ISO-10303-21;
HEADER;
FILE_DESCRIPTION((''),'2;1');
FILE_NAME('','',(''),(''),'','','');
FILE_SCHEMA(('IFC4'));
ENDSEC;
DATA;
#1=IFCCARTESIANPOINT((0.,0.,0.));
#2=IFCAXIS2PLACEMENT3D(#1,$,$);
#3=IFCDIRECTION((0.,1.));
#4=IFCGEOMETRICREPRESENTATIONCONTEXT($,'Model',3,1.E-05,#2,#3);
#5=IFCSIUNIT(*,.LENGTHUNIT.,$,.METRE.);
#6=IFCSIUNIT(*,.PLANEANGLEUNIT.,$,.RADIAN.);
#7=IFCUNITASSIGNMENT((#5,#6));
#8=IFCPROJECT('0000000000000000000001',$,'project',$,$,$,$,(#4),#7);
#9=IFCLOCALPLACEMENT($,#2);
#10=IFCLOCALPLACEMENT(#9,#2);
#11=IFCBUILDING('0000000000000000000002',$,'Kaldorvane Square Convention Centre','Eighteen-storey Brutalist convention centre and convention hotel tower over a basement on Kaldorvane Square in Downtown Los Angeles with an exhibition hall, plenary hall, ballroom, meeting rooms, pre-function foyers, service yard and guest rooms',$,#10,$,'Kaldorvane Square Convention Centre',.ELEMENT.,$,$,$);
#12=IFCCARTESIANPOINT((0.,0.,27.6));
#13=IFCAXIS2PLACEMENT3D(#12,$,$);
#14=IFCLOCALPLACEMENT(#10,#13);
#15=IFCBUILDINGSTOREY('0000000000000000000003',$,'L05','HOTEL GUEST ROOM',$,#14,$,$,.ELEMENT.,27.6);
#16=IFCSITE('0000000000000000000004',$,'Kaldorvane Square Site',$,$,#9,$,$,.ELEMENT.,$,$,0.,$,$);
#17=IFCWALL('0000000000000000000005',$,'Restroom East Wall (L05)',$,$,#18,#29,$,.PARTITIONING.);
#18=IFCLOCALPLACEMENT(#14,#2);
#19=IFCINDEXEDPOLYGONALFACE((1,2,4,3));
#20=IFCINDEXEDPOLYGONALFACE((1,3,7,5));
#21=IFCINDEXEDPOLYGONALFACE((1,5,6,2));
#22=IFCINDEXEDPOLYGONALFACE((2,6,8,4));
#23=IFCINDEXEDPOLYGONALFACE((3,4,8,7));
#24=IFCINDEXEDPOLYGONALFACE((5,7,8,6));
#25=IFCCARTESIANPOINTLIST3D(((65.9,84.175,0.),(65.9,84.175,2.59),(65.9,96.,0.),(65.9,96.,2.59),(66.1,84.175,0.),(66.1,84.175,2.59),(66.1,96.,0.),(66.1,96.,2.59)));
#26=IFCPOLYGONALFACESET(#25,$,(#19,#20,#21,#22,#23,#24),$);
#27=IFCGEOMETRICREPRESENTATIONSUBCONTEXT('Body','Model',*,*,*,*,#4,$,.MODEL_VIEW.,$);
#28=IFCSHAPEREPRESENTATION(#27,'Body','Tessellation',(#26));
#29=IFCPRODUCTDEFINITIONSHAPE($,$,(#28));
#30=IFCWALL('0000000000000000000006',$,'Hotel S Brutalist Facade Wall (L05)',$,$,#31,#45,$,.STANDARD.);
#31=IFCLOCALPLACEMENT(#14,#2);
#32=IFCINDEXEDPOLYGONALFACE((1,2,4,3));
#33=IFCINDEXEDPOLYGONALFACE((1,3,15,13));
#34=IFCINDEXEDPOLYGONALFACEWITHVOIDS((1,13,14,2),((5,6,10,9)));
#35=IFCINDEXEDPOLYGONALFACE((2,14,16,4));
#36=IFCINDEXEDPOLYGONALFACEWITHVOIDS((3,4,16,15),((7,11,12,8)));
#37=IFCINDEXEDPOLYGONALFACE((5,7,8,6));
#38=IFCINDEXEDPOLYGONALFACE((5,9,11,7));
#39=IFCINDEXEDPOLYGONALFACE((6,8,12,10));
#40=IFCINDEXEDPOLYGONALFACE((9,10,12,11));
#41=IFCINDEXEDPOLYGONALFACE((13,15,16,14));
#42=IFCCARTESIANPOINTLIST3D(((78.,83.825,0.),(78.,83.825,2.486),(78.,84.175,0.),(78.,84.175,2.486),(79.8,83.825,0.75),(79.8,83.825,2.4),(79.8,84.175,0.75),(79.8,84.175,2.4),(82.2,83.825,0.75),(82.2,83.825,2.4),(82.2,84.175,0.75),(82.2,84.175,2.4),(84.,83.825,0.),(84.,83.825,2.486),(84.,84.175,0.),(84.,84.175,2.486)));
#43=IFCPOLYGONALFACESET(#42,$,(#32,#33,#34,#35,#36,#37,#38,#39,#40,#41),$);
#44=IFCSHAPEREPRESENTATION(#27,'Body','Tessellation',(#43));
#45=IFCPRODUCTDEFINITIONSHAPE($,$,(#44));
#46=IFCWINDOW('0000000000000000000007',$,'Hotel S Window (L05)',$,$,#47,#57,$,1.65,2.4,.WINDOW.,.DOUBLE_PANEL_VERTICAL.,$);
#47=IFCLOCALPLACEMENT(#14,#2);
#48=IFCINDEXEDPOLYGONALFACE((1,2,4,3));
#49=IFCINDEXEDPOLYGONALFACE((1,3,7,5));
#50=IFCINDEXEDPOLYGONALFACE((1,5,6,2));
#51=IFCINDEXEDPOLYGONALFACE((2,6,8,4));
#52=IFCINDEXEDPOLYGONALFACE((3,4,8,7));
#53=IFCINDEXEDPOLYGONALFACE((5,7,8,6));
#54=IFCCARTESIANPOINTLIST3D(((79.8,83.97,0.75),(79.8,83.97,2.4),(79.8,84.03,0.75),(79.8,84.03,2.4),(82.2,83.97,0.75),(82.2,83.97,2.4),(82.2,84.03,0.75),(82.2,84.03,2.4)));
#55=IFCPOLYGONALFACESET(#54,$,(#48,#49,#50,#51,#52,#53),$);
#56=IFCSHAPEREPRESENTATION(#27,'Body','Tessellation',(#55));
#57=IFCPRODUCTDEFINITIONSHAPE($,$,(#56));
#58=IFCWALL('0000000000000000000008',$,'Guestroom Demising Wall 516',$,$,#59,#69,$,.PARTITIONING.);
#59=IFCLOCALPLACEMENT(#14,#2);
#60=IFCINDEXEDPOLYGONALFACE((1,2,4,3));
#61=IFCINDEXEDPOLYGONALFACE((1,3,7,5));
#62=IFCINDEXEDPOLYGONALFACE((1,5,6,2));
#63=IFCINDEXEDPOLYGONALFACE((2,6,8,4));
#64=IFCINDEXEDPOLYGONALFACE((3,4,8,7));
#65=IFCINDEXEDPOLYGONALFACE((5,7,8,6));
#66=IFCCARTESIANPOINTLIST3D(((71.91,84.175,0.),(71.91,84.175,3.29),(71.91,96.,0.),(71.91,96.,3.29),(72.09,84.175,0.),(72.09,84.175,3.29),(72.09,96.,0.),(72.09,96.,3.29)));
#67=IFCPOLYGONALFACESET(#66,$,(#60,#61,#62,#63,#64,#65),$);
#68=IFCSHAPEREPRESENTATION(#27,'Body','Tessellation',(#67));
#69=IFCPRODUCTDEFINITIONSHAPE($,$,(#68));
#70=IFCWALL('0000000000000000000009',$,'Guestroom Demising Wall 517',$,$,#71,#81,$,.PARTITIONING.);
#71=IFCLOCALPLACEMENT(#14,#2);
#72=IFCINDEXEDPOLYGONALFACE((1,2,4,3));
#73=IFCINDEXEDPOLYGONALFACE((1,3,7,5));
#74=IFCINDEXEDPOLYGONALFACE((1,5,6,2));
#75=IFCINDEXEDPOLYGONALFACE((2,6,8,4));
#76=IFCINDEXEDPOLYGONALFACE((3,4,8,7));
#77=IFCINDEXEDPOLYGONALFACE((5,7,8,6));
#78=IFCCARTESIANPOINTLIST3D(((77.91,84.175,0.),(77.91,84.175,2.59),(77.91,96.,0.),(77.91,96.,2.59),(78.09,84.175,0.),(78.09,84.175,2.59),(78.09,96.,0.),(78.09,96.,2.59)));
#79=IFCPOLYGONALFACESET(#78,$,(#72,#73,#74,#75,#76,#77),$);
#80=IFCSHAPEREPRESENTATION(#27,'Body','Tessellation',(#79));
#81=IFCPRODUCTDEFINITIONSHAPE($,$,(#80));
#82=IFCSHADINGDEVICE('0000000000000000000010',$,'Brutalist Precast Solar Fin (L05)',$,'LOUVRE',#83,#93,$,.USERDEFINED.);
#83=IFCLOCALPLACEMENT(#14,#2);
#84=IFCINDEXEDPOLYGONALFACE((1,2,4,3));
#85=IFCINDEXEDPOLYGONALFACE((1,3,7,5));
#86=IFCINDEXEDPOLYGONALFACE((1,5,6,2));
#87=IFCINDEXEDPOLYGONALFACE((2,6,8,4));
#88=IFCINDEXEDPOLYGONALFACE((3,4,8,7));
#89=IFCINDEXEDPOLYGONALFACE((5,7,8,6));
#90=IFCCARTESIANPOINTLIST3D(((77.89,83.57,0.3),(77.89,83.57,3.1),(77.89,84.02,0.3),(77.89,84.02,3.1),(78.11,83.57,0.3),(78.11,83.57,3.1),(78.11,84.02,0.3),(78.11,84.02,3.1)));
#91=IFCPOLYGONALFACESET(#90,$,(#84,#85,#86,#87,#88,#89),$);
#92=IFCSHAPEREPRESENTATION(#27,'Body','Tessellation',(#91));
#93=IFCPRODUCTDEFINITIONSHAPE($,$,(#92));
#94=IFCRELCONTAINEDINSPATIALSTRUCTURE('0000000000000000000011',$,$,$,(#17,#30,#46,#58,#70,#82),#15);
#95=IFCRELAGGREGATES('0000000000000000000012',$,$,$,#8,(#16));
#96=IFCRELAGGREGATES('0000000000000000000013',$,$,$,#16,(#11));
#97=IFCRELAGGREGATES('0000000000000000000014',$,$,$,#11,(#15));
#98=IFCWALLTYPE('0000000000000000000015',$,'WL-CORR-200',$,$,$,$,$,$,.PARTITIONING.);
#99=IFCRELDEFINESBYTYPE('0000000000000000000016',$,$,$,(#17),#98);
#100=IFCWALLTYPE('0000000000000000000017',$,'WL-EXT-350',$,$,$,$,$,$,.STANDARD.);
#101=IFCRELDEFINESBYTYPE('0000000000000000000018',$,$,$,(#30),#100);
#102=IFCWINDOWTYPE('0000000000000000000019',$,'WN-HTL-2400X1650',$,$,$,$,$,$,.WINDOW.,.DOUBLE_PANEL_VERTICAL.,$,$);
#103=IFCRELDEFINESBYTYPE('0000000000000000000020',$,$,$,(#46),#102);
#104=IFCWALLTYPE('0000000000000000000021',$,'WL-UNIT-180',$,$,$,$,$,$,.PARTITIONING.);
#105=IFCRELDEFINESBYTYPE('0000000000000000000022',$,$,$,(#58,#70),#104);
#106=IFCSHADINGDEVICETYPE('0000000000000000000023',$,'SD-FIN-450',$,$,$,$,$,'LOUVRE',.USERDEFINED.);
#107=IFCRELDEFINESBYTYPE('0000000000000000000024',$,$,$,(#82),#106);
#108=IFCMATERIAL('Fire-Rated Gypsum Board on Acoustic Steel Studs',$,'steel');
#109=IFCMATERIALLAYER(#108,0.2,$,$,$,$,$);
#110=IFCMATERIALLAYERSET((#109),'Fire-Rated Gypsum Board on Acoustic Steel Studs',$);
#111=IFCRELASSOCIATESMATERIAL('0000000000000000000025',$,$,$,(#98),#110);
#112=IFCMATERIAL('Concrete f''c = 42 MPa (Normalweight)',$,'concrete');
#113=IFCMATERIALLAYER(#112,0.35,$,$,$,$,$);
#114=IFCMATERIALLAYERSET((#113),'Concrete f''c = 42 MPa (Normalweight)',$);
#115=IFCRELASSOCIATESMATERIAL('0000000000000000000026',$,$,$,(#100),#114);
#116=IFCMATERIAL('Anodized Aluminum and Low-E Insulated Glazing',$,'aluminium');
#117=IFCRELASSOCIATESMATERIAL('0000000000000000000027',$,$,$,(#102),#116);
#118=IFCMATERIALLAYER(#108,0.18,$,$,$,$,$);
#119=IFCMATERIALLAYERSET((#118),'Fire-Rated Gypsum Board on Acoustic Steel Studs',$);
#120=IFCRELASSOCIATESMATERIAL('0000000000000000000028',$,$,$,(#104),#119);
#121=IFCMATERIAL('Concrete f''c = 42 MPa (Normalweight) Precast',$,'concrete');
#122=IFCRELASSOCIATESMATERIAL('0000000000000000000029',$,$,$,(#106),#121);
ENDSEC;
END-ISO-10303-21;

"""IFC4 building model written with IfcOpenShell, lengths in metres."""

from ifc_helpers import new_model, si_unit, direction, frame, frame_2d, origin, origin_2d, place, context, subcontext, project, spatial, rectangle, extrude, material, layer, layer_set, type_object, element, fill, save


model = new_model("IFC4")

# Units and contexts
model_context = context("Model", 3, precision=1e-05, world=origin(), true_north=direction((0.0, 1.0)))
body_context = subcontext(model_context, "Body", "Model", "MODEL_VIEW")
ifc_project = project(units=[si_unit("LENGTHUNIT", "METRE"), si_unit("PLANEANGLEUNIT", "RADIAN")], contexts=[model_context])

# Site, building, storey
site_placement = place(None, origin())
site = spatial("IfcSite", under=ifc_project, at=site_placement, Name="Kaldorvane Square Site", CompositionType="ELEMENT", RefElevation=0.0)
building_placement = place(site_placement, origin())
building = spatial("IfcBuilding", under=site, at=building_placement, Name="Kaldorvane Square Convention Centre", Description="Eighteen-storey Brutalist convention centre and convention hotel tower over a basement on Kaldorvane Square in Downtown Los Angeles with an exhibition hall, plenary hall, ballroom, meeting rooms, pre-function foyers, service yard and guest rooms", LongName="Kaldorvane Square Convention Centre", CompositionType="ELEMENT")
storey_placement = place(building_placement, frame((0.0, 0.0, 27.6)))
storey = spatial("IfcBuildingStorey", under=building, at=storey_placement, Name="L05", Description="HOTEL GUEST ROOM", CompositionType="ELEMENT", Elevation=27.6)

# Shared definitions
ifc_material_1 = material(Name="Concrete f'c = 42 MPa (Normalweight)", Category="concrete")

# Wall
ifc_material_2 = material(Name="Fire-Rated Gypsum Board on Acoustic Steel Studs", Category="steel")
ifc_layer_1 = layer(ifc_material_2, 0.2)
ifc_layer_set_1 = layer_set([ifc_layer_1], Name="Fire-Rated Gypsum Board on Acoustic Steel Studs")
wall_type_1 = type_object("IfcWallType", Name="WL-CORR-200", PredefinedType="PARTITIONING", material=ifc_layer_set_1)
wall_1_placement = place(storey_placement, frame((66.0, 84.175, 0.0), z_axis=(0.0, 0.0, 1.0), x_axis=(0.0, 1.0, 0.0)))
element("IfcWall", 1, at=wall_1_placement, inside=storey, type_object=wall_type_1, Name="Restroom East Wall (L05)", PredefinedType="PARTITIONING", context=body_context, shape_type="SweptSolid", body=[
    extrude(rectangle(XDim=11.825, YDim=0.2, at=frame_2d((5.9125, 0.0))), origin(), (0.0, 0.0, 1.0), 2.59),
])

# Wall, opening, window
ifc_layer_2 = layer(ifc_material_1, 0.35)
ifc_layer_set_2 = layer_set([ifc_layer_2], Name="Concrete f'c = 42 MPa (Normalweight)")
wall_type_2 = type_object("IfcWallType", Name="WL-EXT-350", PredefinedType="STANDARD", material=ifc_layer_set_2)
wall_2_placement = place(storey_placement, frame((78.0, 84.0, 0.0), z_axis=(0.0, 0.0, 1.0), x_axis=(1.0, 0.0, 0.0)))
wall_2 = element("IfcWall", 2, at=wall_2_placement, inside=storey, type_object=wall_type_2, Name="Hotel S Brutalist Facade Wall (L05)", PredefinedType="STANDARD", context=body_context, shape_type="SweptSolid", body=[
    extrude(rectangle(XDim=6.0, YDim=0.35, at=frame_2d((3.0, 0.0))), origin(), (0.0, 0.0, 1.0), 2.486),
])
opening_placement = place(wall_2_placement, frame((1.8, 0.0, 0.75)))
opening = element("IfcOpeningElement", 3, at=opening_placement, cuts=wall_2, PredefinedType="OPENING", context=body_context, shape_type="SweptSolid", body=[
    extrude(rectangle(XDim=2.4, YDim=1.65, at=frame_2d((1.2, 0.825))), frame((0.0, 0.19, 0.0), z_axis=(0.0, -1.0, 0.0), x_axis=(1.0, 0.0, 0.0)), (0.0, 0.0, 1.0), 0.38),
])
ifc_material_3 = material(Name="Anodized Aluminum and Low-E Insulated Glazing", Category="aluminium")
window_type = type_object("IfcWindowType", Name="WN-HTL-2400X1650", PartitioningType="DOUBLE_PANEL_VERTICAL", PredefinedType="WINDOW", material=ifc_material_3)
window_placement = place(opening_placement, origin())
window = element("IfcWindow", 4, at=window_placement, inside=storey, type_object=window_type, Name="Hotel S Window (L05)", OverallHeight=1.65, OverallWidth=2.4, PartitioningType="DOUBLE_PANEL_VERTICAL", PredefinedType="WINDOW", context=body_context, shape_type="SweptSolid", body=[
    extrude(rectangle(XDim=2.4, YDim=1.65, at=frame_2d((1.2, 0.825))), frame((0.0, 0.03, 0.0), z_axis=(0.0, -1.0, 0.0), x_axis=(1.0, 0.0, 0.0)), (0.0, 0.0, 1.0), 0.06),
])
fill(opening, window)

# Walls
ifc_layer_3 = layer(ifc_material_2, 0.18)
ifc_layer_set_3 = layer_set([ifc_layer_3], Name="Fire-Rated Gypsum Board on Acoustic Steel Studs")
wall_type_3 = type_object("IfcWallType", Name="WL-UNIT-180", PredefinedType="PARTITIONING", material=ifc_layer_set_3)
wall_3_placement = place(storey_placement, frame((72.0, 84.175, 0.0), z_axis=(0.0, 0.0, 1.0), x_axis=(0.0, 1.0, 0.0)))
element("IfcWall", 5, at=wall_3_placement, inside=storey, type_object=wall_type_3, Name="Guestroom Demising Wall 516", PredefinedType="PARTITIONING", context=body_context, shape_type="SweptSolid", body=[
    extrude(rectangle(XDim=11.825, YDim=0.18, at=frame_2d((5.9125, 0.0))), origin(), (0.0, 0.0, 1.0), 3.29),
])
wall_4_placement = place(storey_placement, frame((78.0, 84.175, 0.0), z_axis=(0.0, 0.0, 1.0), x_axis=(0.0, 1.0, 0.0)))
element("IfcWall", 6, at=wall_4_placement, inside=storey, type_object=wall_type_3, Name="Guestroom Demising Wall 517", PredefinedType="PARTITIONING", context=body_context, shape_type="SweptSolid", body=[
    extrude(rectangle(XDim=11.825, YDim=0.18, at=frame_2d((5.9125, 0.0))), origin(), (0.0, 0.0, 1.0), 2.59),
])

# Shading device
ifc_material_4 = material(Name="Concrete f'c = 42 MPa (Normalweight) Precast", Category="concrete")
shading_device_type = type_object("IfcShadingDeviceType", Name="SD-FIN-450", ElementType="LOUVRE", PredefinedType="USERDEFINED", material=ifc_material_4)
shading_device_placement = place(storey_placement, frame((78.0, 83.795, 0.3), z_axis=(0.0, 0.0, 1.0), x_axis=(1.0, 0.0, 0.0)))
element("IfcShadingDevice", 7, at=shading_device_placement, inside=storey, type_object=shading_device_type, Name="Brutalist Precast Solar Fin (L05)", ObjectType="LOUVRE", PredefinedType="USERDEFINED", context=body_context, shape_type="SweptSolid", body=[
    extrude(rectangle(XDim=0.22, YDim=0.45, at=origin_2d()), origin(), (0.0, 0.0, 1.0), 2.8),
])

save(model, "model.ifc")
